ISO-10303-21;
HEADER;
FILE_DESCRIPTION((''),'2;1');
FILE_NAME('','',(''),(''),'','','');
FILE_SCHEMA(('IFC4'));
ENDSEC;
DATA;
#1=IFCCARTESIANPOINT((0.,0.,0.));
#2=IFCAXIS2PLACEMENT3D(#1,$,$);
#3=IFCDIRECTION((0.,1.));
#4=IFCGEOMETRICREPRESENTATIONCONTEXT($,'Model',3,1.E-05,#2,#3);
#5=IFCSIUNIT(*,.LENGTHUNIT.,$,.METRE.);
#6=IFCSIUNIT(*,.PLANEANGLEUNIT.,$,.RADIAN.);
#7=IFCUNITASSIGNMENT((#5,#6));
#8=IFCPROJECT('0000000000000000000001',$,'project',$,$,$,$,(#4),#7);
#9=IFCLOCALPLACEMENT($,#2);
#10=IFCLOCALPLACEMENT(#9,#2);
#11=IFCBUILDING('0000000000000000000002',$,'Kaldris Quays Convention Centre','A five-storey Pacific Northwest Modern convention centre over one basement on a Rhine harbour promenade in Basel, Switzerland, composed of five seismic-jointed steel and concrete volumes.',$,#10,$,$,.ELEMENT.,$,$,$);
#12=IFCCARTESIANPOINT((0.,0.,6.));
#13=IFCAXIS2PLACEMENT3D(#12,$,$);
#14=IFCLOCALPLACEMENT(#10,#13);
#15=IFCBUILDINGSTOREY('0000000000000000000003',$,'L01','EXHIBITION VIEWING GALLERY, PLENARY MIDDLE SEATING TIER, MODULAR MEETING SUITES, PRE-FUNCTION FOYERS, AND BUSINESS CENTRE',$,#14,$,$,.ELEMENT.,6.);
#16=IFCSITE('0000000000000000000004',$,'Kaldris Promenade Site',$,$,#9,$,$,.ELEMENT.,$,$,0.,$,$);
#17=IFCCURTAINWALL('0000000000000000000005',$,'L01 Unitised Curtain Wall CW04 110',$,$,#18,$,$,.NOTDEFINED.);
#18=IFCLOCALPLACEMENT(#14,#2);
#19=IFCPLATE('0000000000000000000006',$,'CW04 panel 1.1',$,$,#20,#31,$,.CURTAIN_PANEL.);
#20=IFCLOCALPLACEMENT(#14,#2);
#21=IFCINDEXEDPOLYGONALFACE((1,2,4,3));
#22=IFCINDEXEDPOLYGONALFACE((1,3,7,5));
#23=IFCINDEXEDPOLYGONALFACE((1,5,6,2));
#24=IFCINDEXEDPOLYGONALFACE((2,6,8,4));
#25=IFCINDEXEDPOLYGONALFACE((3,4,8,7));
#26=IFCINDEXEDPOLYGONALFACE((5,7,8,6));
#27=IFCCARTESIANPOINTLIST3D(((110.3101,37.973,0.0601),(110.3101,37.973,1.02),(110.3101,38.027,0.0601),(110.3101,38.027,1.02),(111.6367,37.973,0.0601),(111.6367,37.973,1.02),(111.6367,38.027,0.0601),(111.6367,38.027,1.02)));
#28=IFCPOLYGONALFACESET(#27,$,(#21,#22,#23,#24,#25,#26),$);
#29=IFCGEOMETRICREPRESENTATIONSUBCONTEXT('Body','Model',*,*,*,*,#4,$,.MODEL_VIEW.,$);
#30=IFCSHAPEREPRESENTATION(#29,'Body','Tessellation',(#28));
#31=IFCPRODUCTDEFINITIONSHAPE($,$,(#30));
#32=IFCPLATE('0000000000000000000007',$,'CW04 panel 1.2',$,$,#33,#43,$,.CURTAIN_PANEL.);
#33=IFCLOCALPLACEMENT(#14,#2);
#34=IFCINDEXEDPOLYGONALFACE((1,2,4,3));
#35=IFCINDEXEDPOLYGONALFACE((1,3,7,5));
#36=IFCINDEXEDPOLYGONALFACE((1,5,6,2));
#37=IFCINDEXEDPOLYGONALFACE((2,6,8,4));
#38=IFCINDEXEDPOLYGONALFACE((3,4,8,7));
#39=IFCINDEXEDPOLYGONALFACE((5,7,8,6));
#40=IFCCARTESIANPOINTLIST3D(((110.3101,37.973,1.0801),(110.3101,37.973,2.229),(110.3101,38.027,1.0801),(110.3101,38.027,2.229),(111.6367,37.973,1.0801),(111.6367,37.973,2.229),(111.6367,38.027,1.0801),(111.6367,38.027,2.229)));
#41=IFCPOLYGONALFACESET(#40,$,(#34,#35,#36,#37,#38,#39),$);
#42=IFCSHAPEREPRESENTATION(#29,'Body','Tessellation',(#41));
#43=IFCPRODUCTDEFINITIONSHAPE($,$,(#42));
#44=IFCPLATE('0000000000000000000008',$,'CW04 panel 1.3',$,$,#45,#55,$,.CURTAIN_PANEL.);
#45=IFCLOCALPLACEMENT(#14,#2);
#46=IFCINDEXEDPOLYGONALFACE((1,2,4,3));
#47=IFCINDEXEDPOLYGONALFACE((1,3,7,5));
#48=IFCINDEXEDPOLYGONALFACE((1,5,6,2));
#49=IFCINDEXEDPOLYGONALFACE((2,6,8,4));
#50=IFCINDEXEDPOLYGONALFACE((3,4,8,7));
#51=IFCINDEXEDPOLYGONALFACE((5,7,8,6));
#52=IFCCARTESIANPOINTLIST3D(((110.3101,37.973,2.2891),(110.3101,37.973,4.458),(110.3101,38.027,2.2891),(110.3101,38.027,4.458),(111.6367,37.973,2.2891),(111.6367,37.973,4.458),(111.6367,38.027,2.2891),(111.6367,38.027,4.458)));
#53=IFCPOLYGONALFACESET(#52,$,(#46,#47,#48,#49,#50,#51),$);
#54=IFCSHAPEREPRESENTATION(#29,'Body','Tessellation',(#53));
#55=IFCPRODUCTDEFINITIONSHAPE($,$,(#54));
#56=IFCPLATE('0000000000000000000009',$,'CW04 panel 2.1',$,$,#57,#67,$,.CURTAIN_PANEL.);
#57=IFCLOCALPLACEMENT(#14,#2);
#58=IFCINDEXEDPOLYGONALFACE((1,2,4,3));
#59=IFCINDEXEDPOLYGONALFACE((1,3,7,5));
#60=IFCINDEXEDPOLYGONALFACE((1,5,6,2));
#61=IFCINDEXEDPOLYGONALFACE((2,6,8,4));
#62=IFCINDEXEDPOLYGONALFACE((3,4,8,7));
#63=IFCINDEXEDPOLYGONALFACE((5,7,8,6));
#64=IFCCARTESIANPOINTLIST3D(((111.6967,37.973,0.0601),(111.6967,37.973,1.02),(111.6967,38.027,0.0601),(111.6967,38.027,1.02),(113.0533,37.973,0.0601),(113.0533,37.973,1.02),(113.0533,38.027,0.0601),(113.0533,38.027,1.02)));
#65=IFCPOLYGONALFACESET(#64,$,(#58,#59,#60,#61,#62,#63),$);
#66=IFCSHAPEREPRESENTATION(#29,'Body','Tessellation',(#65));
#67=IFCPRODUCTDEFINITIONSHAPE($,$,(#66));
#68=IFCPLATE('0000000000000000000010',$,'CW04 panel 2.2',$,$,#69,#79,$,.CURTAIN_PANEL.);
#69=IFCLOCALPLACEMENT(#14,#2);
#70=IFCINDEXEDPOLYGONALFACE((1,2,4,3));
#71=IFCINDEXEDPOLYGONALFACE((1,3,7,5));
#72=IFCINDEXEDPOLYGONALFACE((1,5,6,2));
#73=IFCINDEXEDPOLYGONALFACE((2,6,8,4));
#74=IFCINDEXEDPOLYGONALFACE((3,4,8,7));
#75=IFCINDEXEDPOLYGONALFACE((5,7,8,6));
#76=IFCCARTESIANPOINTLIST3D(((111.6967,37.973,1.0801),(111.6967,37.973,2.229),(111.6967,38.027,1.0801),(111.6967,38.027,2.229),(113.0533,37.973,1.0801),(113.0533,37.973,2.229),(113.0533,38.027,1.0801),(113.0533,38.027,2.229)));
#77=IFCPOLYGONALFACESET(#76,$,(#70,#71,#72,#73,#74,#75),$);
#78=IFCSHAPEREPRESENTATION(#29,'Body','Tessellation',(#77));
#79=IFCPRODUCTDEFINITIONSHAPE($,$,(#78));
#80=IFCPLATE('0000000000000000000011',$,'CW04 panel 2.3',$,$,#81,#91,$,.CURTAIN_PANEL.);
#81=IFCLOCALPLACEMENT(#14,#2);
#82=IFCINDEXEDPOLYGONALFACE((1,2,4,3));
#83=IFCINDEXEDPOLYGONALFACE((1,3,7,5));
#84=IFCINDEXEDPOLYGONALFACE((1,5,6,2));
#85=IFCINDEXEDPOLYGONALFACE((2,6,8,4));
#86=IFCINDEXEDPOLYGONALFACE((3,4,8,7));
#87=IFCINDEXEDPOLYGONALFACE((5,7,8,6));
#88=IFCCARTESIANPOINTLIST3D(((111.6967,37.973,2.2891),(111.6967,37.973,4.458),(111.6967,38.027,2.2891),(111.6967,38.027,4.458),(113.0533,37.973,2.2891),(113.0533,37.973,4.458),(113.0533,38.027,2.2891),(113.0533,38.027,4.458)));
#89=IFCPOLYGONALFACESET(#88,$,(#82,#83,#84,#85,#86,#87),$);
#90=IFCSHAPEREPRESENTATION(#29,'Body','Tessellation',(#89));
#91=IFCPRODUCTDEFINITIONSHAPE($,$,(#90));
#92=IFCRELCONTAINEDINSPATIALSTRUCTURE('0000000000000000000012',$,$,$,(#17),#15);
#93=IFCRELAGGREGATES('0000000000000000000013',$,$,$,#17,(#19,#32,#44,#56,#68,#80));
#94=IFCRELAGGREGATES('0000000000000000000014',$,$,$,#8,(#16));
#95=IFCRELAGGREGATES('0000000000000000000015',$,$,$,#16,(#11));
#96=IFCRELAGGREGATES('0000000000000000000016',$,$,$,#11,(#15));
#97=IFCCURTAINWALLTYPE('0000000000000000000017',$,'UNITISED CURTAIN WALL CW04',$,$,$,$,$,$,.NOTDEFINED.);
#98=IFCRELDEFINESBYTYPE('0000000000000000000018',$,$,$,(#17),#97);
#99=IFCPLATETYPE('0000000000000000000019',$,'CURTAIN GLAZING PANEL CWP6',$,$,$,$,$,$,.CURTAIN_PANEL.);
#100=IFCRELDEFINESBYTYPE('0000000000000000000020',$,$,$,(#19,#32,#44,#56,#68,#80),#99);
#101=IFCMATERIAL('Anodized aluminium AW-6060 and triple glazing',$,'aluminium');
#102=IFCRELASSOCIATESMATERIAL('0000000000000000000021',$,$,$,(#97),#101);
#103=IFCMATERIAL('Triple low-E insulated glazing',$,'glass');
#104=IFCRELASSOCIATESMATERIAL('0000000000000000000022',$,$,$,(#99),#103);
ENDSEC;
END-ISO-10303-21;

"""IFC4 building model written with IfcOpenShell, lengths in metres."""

from ifc_helpers import new_model, si_unit, direction, frame, origin, origin_2d, place, context, subcontext, project, spatial, rectangle, extrude, material, type_object, element, aggregate, save


model = new_model("IFC4")

# Units and contexts
model_context = context("Model", 3, precision=1e-05, world=origin(), true_north=direction((0.0, 1.0)))
body_context = subcontext(model_context, "Body", "Model", "MODEL_VIEW")
ifc_project = project(units=[si_unit("LENGTHUNIT", "METRE"), si_unit("PLANEANGLEUNIT", "RADIAN")], contexts=[model_context])

# Site, building, storey
site_placement = place(None, origin())
site = spatial("IfcSite", under=ifc_project, at=site_placement, Name="Kaldris Promenade Site", CompositionType="ELEMENT", RefElevation=0.0)
building_placement = place(site_placement, origin())
building = spatial("IfcBuilding", under=site, at=building_placement, Name="Kaldris Quays Convention Centre", Description="A five-storey Pacific Northwest Modern convention centre over one basement on a Rhine harbour promenade in Basel, Switzerland, composed of five seismic-jointed steel and concrete volumes.", CompositionType="ELEMENT")
storey_placement = place(building_placement, frame((0.0, 0.0, 6.0)))
storey = spatial("IfcBuildingStorey", under=building, at=storey_placement, Name="L01", Description="EXHIBITION VIEWING GALLERY, PLENARY MIDDLE SEATING TIER, MODULAR MEETING SUITES, PRE-FUNCTION FOYERS, AND BUSINESS CENTRE", CompositionType="ELEMENT", Elevation=6.0)

# Shared definitions
ifc_material_1 = material(Name="Anodized aluminium AW-6060 and triple glazing", Category="aluminium")
curtain_wall_type = type_object("IfcCurtainWallType", Name="UNITISED CURTAIN WALL CW04", PredefinedType="NOTDEFINED", material=ifc_material_1)

# Curtain wall
curtain_wall_1_placement = place(storey_placement, origin())
curtain_wall_1 = element("IfcCurtainWall", 1, at=curtain_wall_1_placement, inside=storey, type_object=curtain_wall_type, Name="L01 Unitised Curtain Wall CW04 110", PredefinedType="NOTDEFINED")

# Plates
ifc_material_2 = material(Name="Triple low-E insulated glazing", Category="glass")
plate_type_1 = type_object("IfcPlateType", Name="CURTAIN GLAZING PANEL CWP6", PredefinedType="CURTAIN_PANEL", material=ifc_material_2)
plate_1_placement = place(storey_placement, frame((110.9734, 38.0, 0.0601), z_axis=(0.0, 0.0, 1.0), x_axis=(1.0, 0.0, 0.0)))
plate_1 = element("IfcPlate", 2, at=plate_1_placement, type_object=plate_type_1, Name="CW04 panel 1.1", PredefinedType="CURTAIN_PANEL", context=body_context, shape_type="SweptSolid", body=[
    extrude(rectangle(XDim=1.3267, YDim=0.054, at=origin_2d()), origin(), (0.0, 0.0, 1.0), 0.96),
])
plate_2_placement = place(storey_placement, frame((110.9734, 38.0, 1.0801), z_axis=(0.0, 0.0, 1.0), x_axis=(1.0, 0.0, 0.0)))
plate_2 = element("IfcPlate", 3, at=plate_2_placement, type_object=plate_type_1, Name="CW04 panel 1.2", PredefinedType="CURTAIN_PANEL", context=body_context, shape_type="SweptSolid", body=[
    extrude(rectangle(XDim=1.3267, YDim=0.054, at=origin_2d()), origin(), (0.0, 0.0, 1.0), 1.1489),
])
plate_3_placement = place(storey_placement, frame((110.9734, 38.0, 2.2891), z_axis=(0.0, 0.0, 1.0), x_axis=(1.0, 0.0, 0.0)))
plate_3 = element("IfcPlate", 4, at=plate_3_placement, type_object=plate_type_1, Name="CW04 panel 1.3", PredefinedType="CURTAIN_PANEL", context=body_context, shape_type="SweptSolid", body=[
    extrude(rectangle(XDim=1.3267, YDim=0.054, at=origin_2d()), origin(), (0.0, 0.0, 1.0), 2.1689),
])
plate_4_placement = place(storey_placement, frame((112.375, 38.0, 0.0601), z_axis=(0.0, 0.0, 1.0), x_axis=(1.0, 0.0, 0.0)))
plate_4 = element("IfcPlate", 5, at=plate_4_placement, type_object=plate_type_1, Name="CW04 panel 2.1", PredefinedType="CURTAIN_PANEL", context=body_context, shape_type="SweptSolid", body=[
    extrude(rectangle(XDim=1.3567, YDim=0.054, at=origin_2d()), origin(), (0.0, 0.0, 1.0), 0.96),
])
plate_5_placement = place(storey_placement, frame((112.375, 38.0, 1.0801), z_axis=(0.0, 0.0, 1.0), x_axis=(1.0, 0.0, 0.0)))
plate_5 = element("IfcPlate", 6, at=plate_5_placement, type_object=plate_type_1, Name="CW04 panel 2.2", PredefinedType="CURTAIN_PANEL", context=body_context, shape_type="SweptSolid", body=[
    extrude(rectangle(XDim=1.3567, YDim=0.054, at=origin_2d()), origin(), (0.0, 0.0, 1.0), 1.1489),
])
plate_6_placement = place(storey_placement, frame((112.375, 38.0, 2.2891), z_axis=(0.0, 0.0, 1.0), x_axis=(1.0, 0.0, 0.0)))
plate_6 = element("IfcPlate", 7, at=plate_6_placement, type_object=plate_type_1, Name="CW04 panel 2.3", PredefinedType="CURTAIN_PANEL", context=body_context, shape_type="SweptSolid", body=[
    extrude(rectangle(XDim=1.3567, YDim=0.054, at=origin_2d()), origin(), (0.0, 0.0, 1.0), 2.1689),
])
aggregate(curtain_wall_1, [plate_1, plate_2, plate_3, plate_4, plate_5, plate_6])

save(model, "model.ifc")
